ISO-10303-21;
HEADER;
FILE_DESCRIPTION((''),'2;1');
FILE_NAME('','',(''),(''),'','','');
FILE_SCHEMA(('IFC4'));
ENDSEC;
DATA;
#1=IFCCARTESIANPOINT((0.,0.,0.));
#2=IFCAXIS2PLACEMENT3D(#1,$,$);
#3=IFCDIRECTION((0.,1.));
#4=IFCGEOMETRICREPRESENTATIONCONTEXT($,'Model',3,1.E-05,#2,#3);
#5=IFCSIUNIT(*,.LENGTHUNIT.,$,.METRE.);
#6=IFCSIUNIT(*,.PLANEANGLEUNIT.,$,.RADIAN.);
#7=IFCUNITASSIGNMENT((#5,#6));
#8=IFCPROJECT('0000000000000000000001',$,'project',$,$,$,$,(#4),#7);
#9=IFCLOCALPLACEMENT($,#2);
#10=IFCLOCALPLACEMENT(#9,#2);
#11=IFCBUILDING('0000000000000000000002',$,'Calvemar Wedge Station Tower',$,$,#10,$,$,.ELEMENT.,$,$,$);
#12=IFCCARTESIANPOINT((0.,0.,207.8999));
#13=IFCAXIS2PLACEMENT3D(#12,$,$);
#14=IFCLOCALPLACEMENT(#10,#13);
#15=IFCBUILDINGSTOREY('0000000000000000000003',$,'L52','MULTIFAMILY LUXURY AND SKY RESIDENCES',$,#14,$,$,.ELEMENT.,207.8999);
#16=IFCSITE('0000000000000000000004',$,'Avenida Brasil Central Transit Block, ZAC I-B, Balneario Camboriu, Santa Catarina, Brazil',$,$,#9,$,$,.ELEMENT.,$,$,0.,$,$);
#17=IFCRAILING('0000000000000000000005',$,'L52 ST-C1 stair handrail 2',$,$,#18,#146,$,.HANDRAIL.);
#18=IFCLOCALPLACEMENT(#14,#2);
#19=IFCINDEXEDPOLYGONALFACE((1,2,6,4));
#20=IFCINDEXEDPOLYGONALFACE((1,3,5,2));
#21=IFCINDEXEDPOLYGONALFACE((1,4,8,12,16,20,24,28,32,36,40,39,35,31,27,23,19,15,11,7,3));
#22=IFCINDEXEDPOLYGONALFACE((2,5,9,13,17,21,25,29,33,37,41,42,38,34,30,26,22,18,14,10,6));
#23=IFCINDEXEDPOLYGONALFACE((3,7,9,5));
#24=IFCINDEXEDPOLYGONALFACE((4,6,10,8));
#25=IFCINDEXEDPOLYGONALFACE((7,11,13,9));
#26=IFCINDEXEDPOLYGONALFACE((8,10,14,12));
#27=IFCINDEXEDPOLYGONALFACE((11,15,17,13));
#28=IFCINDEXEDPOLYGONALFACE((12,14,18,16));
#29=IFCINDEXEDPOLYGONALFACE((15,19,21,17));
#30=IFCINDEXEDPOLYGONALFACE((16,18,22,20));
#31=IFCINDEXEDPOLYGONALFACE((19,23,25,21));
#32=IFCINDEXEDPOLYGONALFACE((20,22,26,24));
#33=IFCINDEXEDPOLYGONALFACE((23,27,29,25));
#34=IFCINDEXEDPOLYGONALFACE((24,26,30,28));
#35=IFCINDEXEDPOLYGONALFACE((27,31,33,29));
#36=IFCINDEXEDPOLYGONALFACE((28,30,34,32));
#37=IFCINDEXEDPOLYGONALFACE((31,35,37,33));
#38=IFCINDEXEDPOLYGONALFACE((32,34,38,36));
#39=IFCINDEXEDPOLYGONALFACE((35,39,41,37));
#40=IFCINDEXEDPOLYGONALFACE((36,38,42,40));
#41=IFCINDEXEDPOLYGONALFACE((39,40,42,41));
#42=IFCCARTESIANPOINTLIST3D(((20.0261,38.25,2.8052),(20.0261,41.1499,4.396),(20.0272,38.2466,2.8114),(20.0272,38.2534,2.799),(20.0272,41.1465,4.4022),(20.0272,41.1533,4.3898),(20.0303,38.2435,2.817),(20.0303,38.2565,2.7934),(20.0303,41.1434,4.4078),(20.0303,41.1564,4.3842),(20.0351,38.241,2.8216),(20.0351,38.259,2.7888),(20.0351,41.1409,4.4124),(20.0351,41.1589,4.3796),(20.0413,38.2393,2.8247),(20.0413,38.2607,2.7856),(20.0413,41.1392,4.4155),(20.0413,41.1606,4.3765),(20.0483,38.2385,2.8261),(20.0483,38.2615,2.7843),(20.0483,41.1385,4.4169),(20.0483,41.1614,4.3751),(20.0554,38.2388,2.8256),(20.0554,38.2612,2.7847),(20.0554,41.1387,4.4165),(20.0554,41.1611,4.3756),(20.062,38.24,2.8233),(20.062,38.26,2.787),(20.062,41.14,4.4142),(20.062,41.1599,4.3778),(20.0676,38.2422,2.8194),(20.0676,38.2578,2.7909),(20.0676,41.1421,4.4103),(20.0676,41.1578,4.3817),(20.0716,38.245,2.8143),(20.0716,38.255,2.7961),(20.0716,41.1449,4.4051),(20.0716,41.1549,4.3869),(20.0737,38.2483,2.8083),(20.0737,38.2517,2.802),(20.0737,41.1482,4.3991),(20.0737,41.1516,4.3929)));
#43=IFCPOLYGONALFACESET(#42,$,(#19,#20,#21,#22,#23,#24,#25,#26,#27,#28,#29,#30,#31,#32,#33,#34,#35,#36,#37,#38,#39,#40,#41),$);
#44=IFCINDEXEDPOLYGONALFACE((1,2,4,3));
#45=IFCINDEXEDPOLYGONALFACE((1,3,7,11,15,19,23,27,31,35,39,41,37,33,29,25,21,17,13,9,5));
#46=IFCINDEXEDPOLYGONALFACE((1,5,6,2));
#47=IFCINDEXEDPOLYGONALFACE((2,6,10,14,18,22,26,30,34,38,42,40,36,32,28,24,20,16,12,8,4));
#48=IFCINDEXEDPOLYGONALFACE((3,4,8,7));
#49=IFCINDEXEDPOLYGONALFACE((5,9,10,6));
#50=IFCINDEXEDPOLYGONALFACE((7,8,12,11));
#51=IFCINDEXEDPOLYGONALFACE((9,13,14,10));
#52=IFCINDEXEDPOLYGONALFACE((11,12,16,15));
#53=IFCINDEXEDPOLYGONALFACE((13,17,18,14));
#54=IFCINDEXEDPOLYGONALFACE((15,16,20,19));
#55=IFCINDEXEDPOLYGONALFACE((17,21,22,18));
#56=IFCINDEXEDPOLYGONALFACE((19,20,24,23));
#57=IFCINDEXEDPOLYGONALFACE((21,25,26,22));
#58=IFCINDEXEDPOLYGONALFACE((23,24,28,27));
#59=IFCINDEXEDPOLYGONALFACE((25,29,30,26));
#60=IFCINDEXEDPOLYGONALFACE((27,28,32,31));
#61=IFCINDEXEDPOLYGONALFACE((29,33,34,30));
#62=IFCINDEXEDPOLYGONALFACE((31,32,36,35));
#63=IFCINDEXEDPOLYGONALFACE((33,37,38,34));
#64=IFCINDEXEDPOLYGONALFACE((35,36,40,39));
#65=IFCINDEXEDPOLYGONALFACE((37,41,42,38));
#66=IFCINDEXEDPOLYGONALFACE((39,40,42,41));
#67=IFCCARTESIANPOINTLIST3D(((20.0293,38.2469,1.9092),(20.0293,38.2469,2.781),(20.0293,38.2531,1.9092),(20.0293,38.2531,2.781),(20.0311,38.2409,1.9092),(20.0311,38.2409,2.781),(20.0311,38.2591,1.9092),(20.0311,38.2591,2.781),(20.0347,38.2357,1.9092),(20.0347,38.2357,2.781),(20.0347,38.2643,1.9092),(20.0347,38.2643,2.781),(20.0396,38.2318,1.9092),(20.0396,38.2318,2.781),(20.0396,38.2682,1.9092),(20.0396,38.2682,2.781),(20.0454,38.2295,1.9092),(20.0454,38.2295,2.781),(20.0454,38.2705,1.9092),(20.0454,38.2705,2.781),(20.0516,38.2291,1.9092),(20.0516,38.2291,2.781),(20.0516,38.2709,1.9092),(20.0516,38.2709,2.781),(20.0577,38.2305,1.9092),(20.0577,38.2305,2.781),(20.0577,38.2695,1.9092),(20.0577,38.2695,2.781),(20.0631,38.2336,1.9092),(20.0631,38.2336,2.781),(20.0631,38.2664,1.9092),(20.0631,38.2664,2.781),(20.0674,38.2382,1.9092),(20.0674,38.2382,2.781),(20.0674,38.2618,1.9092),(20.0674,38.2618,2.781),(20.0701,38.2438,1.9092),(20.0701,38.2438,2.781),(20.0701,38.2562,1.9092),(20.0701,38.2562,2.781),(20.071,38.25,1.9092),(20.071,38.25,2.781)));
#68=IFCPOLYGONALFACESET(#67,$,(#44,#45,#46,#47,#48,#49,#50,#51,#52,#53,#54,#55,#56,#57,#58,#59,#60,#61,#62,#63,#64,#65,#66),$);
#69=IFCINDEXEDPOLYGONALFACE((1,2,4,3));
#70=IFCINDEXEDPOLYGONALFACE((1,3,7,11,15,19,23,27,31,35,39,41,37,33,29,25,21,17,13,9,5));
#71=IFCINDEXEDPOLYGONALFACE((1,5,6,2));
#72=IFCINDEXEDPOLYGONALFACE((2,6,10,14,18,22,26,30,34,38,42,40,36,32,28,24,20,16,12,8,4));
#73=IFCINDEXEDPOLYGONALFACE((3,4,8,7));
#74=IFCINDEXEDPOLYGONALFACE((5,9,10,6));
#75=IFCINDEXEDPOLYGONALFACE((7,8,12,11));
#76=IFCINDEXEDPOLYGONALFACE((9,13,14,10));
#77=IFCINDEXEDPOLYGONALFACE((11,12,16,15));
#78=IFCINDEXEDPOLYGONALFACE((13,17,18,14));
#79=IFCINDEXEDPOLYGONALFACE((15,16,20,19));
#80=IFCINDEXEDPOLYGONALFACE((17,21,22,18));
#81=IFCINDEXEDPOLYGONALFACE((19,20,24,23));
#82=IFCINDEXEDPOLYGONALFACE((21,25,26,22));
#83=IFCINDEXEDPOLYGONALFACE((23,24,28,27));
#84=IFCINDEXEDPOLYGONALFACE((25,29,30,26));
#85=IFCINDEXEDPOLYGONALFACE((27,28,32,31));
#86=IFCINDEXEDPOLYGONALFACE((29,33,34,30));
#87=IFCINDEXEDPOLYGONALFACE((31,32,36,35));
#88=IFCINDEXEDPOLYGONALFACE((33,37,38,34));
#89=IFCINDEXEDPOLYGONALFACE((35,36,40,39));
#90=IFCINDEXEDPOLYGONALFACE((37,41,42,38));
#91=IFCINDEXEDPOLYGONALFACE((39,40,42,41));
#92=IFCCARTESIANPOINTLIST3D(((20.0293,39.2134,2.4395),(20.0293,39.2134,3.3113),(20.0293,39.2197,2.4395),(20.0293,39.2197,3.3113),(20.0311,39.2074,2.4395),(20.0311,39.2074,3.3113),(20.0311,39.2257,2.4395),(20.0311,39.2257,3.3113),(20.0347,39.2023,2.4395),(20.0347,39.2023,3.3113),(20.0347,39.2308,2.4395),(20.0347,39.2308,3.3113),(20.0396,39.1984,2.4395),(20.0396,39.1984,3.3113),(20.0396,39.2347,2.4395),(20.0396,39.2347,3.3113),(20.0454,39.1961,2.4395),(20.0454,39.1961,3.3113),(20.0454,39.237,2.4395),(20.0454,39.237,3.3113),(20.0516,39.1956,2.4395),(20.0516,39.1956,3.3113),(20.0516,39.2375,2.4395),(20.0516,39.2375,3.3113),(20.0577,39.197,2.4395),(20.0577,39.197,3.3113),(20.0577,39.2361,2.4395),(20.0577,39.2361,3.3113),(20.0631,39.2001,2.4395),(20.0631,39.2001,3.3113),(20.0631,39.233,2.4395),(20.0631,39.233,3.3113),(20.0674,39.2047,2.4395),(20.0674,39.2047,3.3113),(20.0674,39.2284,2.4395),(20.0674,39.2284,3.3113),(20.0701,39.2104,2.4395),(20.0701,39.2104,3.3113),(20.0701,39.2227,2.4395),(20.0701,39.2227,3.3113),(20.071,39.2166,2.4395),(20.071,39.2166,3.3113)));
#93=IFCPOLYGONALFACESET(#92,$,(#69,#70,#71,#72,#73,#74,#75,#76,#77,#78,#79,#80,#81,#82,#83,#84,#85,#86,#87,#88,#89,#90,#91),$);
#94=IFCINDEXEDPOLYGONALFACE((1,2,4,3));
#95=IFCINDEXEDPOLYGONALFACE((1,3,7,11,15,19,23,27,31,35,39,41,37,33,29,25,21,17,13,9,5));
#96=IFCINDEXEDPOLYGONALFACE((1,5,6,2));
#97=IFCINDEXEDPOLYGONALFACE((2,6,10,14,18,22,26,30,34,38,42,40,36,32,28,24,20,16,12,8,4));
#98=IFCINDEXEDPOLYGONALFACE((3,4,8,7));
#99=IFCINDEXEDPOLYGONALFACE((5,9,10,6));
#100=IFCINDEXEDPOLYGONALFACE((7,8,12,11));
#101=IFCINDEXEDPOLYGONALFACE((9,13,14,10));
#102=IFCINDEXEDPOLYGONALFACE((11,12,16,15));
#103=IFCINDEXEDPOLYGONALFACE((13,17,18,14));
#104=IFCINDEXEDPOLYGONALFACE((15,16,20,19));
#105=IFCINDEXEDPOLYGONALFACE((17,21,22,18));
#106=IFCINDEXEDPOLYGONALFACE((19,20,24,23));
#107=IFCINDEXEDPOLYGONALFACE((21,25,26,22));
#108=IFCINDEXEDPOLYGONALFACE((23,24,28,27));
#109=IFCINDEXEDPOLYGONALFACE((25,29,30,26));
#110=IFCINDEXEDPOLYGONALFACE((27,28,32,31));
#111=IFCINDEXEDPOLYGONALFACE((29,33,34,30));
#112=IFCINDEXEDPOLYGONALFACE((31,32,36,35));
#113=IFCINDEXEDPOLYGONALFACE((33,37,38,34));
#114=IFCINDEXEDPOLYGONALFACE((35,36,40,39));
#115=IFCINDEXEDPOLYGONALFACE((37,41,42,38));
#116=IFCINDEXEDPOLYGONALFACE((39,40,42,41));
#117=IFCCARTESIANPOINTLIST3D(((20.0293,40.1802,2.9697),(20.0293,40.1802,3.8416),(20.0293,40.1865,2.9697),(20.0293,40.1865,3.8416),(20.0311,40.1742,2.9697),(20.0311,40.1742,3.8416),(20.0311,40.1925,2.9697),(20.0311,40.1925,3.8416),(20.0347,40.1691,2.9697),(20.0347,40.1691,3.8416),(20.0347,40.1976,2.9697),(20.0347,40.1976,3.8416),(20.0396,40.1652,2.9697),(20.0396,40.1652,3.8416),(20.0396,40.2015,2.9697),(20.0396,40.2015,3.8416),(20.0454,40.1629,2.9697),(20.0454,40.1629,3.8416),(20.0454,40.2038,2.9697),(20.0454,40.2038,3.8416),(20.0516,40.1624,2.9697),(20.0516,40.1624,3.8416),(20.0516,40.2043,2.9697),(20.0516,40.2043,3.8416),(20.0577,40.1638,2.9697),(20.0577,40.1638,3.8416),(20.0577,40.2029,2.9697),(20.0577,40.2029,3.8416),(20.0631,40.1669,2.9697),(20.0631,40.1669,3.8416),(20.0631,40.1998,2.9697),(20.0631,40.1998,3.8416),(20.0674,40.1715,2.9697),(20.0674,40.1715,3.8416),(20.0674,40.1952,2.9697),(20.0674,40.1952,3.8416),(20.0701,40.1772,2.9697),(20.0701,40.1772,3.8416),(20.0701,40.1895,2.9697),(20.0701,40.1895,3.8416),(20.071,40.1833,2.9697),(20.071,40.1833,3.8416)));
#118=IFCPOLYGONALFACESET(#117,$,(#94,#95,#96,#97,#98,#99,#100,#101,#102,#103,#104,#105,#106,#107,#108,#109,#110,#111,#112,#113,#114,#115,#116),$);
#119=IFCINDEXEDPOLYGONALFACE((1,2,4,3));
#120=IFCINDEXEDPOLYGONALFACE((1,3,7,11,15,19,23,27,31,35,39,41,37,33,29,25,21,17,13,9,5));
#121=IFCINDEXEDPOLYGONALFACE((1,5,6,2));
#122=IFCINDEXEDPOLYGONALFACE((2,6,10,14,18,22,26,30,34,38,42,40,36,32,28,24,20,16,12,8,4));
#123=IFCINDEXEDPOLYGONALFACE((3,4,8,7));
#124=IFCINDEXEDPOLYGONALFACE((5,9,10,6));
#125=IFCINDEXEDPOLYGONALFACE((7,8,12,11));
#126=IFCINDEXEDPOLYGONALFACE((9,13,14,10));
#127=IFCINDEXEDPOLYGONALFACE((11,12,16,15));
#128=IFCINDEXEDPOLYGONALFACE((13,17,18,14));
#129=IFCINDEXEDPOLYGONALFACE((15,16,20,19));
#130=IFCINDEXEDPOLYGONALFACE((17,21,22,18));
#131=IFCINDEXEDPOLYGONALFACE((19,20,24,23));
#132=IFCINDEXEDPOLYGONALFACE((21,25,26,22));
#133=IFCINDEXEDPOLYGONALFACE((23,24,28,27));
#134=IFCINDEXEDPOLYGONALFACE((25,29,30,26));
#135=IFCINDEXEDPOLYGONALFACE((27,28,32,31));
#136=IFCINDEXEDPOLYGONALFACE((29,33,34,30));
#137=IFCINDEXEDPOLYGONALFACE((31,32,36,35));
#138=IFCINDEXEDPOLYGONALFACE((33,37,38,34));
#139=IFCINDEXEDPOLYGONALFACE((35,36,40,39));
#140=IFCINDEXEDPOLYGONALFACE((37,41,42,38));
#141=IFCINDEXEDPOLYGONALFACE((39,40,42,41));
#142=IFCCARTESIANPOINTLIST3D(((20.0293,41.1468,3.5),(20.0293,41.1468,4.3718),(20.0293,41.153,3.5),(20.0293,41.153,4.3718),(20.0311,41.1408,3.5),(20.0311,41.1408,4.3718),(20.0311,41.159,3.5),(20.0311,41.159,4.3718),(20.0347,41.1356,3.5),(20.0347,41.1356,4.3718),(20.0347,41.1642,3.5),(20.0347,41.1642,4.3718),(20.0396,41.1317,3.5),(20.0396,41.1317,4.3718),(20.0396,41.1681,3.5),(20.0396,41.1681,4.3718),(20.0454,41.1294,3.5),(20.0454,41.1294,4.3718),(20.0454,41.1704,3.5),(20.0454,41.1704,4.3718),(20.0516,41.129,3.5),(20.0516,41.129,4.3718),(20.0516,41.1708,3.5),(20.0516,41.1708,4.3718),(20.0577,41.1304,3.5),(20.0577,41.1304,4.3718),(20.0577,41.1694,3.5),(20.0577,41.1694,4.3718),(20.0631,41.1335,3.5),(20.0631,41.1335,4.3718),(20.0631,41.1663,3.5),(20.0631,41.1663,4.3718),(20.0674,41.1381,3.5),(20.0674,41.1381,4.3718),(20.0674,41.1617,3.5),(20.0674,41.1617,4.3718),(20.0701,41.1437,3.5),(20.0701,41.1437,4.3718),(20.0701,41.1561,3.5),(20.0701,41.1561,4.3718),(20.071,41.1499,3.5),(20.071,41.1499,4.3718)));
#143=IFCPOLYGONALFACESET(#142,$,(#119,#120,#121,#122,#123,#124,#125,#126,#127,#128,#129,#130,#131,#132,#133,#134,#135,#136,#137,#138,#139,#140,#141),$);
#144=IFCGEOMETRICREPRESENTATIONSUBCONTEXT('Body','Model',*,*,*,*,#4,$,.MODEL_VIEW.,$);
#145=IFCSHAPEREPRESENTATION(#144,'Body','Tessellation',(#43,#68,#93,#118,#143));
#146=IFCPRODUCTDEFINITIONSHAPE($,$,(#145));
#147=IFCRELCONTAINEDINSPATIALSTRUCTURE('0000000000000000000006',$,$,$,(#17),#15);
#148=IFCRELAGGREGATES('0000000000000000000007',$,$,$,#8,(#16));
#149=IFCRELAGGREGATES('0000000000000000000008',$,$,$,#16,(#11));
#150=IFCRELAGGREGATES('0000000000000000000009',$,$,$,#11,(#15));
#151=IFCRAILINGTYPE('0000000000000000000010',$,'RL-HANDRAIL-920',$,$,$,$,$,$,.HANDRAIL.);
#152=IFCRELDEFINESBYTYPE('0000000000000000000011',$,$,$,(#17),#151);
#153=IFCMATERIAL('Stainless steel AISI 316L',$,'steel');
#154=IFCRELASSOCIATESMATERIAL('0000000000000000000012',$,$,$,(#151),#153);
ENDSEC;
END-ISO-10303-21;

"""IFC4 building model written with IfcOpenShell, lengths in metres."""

from ifc_helpers import new_model, si_unit, direction, frame, origin, origin_2d, place, context, subcontext, project, spatial, circle, extrude, material, type_object, element, save


model = new_model("IFC4")

# Units and contexts
model_context = context("Model", 3, precision=1e-05, world=origin(), true_north=direction((0.0, 1.0)))
body_context = subcontext(model_context, "Body", "Model", "MODEL_VIEW")
ifc_project = project(units=[si_unit("LENGTHUNIT", "METRE"), si_unit("PLANEANGLEUNIT", "RADIAN")], contexts=[model_context])

# Site, building, storey
site_placement = place(None, origin())
site = spatial("IfcSite", under=ifc_project, at=site_placement, Name="Avenida Brasil Central Transit Block, ZAC I-B, Balneario Camboriu, Santa Catarina, Brazil", CompositionType="ELEMENT", RefElevation=0.0)
building_placement = place(site_placement, origin())
building = spatial("IfcBuilding", under=site, at=building_placement, Name="Calvemar Wedge Station Tower", CompositionType="ELEMENT")
storey_placement = place(building_placement, frame((0.0, 0.0, 207.8999)))
storey = spatial("IfcBuildingStorey", under=building, at=storey_placement, Name="L52", Description="MULTIFAMILY LUXURY AND SKY RESIDENCES", CompositionType="ELEMENT", Elevation=207.8999)

# Railing
ifc_material_1 = material(Name="Stainless steel AISI 316L", Category="steel")
railing_type_1 = type_object("IfcRailingType", Name="RL-HANDRAIL-920", PredefinedType="HANDRAIL", material=ifc_material_1)
railing_1_placement = place(storey_placement, frame((20.05, 38.25, 1.9092)))
element("IfcRailing", 1, at=railing_1_placement, inside=storey, type_object=railing_type_1, Name="L52 ST-C1 stair handrail 2", PredefinedType="HANDRAIL", context=body_context, shape_type="SweptSolid", body=[
    extrude(circle(Radius=0.0239, at=origin_2d()), frame((0.0, 0.0, 0.896), z_axis=(0.0, 0.876742, 0.480961), x_axis=(-1.0, 0.0, 0.0)), (0.0, 0.0, 1.0), 3.3076),
    extrude(circle(Radius=0.021, at=origin_2d()), origin(), (0.0, 0.0, 1.0), 0.8718),
    extrude(circle(Radius=0.021, at=origin_2d()), frame((0.0, 0.9666, 0.5303)), (0.0, 0.0, 1.0), 0.8718),
    extrude(circle(Radius=0.021, at=origin_2d()), frame((0.0, 1.9333, 1.0605)), (0.0, 0.0, 1.0), 0.8718),
    extrude(circle(Radius=0.021, at=origin_2d()), frame((0.0, 2.8999, 1.5908)), (0.0, 0.0, 1.0), 0.8718),
])

save(model, "model.ifc")
